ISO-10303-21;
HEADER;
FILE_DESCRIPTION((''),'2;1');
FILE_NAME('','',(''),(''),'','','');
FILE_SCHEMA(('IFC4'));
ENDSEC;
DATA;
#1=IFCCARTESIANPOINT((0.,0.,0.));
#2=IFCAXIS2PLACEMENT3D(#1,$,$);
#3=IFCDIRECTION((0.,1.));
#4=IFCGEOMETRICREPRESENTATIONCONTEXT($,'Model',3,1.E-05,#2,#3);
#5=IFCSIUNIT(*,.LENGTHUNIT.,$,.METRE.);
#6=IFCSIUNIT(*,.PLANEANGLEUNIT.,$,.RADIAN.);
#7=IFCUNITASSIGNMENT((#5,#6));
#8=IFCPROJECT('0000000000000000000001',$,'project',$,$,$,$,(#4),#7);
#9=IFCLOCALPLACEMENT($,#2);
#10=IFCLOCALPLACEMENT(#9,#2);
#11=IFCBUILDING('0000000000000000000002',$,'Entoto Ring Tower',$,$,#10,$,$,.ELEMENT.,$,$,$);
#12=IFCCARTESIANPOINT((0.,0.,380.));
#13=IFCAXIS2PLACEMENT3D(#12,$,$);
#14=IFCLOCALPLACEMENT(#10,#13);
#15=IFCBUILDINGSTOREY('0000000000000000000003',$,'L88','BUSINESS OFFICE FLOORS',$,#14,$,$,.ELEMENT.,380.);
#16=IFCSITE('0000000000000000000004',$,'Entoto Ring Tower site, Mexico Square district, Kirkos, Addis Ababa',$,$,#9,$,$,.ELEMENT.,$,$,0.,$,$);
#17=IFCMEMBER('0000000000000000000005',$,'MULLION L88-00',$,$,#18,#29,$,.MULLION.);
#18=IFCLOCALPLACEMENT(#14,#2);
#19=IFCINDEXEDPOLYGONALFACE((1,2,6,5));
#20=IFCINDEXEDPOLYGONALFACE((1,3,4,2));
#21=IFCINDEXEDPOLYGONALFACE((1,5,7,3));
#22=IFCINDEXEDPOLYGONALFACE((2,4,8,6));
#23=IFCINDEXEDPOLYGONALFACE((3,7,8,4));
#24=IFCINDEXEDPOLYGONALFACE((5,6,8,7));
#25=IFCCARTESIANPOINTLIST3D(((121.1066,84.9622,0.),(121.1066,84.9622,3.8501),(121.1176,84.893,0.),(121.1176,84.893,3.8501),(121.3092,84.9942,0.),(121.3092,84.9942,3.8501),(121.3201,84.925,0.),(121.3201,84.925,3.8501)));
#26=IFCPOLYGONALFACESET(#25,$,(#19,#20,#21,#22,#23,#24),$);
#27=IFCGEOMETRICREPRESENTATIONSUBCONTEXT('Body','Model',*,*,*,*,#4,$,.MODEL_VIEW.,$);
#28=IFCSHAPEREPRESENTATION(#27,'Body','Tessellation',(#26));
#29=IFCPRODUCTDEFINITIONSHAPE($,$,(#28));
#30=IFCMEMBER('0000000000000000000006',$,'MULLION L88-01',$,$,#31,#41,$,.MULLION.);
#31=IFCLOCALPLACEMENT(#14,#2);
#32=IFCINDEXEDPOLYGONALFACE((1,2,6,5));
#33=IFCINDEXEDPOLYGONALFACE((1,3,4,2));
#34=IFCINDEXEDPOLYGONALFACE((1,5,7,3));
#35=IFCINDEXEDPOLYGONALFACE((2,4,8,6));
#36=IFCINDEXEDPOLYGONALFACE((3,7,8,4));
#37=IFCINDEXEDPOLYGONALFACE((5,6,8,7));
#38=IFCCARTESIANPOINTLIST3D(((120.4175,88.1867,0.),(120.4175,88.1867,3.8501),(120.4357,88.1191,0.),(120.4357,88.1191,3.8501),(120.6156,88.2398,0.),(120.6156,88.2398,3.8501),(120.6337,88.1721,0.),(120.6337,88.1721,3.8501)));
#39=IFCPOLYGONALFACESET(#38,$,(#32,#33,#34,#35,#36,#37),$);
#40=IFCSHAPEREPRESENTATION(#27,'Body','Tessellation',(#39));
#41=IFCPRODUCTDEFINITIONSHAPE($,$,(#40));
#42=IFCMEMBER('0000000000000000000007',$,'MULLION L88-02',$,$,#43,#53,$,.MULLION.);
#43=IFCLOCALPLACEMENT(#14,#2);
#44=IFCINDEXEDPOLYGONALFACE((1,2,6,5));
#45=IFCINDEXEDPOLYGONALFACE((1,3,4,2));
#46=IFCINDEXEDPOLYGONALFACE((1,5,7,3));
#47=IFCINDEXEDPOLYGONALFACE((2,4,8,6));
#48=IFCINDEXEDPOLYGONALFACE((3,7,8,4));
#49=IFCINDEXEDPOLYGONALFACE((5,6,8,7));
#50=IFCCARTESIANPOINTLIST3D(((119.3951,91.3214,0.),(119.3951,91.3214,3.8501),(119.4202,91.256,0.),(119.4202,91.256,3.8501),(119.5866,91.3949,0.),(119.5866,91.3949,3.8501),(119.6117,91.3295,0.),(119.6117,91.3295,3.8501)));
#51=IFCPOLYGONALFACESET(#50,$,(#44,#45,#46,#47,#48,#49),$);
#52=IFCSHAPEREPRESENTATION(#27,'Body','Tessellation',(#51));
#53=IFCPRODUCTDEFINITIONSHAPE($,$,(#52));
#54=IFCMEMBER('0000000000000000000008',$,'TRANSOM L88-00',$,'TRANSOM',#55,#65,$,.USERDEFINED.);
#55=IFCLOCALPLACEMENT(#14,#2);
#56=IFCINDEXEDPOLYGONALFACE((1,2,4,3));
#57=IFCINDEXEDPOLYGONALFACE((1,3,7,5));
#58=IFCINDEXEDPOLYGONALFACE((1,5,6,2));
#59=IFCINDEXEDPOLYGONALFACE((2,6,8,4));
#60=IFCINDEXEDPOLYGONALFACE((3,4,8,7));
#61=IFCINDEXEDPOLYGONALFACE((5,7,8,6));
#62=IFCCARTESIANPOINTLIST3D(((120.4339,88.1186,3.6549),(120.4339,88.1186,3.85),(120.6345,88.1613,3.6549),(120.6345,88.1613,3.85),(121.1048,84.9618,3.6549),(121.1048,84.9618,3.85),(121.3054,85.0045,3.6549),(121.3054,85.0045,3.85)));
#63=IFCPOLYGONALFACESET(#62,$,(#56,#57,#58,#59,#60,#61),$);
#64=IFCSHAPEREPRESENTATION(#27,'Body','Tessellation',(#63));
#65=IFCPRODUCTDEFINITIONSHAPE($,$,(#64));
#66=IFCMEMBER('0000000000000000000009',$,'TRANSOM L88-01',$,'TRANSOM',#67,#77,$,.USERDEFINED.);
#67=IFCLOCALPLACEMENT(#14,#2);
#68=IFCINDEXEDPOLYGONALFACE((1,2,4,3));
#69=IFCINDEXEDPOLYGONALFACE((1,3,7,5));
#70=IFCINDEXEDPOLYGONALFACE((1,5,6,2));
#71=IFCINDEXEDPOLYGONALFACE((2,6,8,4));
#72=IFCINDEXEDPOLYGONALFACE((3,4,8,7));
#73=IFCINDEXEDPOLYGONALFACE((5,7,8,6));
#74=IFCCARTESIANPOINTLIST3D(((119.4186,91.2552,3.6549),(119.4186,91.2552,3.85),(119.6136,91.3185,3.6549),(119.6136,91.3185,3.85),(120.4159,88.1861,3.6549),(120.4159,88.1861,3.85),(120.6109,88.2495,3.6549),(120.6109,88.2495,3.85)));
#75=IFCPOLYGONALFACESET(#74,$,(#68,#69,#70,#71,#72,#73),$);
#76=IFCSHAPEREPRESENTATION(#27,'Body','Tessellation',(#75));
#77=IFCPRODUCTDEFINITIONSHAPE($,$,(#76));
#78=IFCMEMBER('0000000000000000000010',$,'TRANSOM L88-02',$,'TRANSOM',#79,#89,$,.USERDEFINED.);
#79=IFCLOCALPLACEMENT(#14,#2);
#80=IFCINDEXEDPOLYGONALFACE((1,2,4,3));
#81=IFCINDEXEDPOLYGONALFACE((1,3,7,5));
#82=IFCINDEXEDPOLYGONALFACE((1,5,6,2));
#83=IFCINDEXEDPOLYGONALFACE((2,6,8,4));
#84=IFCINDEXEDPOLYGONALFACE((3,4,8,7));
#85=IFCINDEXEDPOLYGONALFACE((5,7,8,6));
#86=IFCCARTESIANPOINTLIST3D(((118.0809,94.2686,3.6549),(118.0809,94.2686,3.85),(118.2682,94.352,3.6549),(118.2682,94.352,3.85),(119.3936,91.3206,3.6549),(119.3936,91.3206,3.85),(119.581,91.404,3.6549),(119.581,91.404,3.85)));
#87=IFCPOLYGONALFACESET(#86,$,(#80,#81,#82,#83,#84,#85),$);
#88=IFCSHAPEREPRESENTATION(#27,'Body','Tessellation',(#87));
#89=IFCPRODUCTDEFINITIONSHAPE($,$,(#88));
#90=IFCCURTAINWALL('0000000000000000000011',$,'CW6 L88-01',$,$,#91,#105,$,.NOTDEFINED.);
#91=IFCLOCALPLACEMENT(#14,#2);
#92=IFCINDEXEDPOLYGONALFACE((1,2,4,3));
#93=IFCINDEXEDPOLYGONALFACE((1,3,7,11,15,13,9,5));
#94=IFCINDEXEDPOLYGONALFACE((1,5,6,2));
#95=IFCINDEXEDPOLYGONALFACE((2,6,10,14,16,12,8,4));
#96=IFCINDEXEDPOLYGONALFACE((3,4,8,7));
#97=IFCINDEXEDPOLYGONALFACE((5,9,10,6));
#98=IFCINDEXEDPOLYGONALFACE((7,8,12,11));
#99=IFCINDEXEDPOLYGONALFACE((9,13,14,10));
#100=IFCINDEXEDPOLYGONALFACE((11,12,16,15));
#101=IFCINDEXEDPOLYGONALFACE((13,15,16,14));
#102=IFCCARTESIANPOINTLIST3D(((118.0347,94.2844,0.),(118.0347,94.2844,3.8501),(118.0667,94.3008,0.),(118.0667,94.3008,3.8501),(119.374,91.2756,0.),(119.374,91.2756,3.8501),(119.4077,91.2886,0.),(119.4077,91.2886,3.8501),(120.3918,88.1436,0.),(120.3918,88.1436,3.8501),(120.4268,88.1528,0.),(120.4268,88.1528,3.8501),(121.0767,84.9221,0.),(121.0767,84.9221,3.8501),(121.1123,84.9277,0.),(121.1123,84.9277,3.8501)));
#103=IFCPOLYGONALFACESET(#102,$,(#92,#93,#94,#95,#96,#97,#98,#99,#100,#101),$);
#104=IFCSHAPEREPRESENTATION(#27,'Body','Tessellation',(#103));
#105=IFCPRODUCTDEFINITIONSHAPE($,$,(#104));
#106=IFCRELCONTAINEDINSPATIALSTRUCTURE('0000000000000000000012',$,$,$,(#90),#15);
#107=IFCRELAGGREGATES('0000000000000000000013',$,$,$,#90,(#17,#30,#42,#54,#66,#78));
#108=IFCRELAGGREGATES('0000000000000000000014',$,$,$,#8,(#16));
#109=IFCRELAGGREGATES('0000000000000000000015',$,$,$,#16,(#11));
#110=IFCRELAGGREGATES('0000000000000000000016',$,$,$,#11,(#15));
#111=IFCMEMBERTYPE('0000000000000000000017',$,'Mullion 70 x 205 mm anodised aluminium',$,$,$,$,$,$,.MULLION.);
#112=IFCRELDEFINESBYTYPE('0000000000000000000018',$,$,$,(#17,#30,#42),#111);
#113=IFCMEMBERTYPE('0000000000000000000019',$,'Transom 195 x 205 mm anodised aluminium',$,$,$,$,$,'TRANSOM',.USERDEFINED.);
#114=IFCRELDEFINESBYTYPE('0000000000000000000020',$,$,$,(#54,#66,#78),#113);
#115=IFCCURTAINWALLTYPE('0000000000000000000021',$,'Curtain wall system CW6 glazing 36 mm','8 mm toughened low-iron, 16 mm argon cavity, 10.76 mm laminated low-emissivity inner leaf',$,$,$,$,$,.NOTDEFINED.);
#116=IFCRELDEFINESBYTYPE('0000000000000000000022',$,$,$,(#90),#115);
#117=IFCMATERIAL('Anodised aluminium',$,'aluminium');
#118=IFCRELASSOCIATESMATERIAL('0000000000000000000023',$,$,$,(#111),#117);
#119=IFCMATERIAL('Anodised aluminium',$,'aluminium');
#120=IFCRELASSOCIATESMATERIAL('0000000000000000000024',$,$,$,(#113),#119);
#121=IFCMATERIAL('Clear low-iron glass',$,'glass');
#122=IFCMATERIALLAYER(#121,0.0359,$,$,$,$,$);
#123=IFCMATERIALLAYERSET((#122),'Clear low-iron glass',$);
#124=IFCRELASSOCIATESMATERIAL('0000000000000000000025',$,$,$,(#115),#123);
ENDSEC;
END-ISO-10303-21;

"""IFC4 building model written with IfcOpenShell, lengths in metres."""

from ifc_helpers import new_model, si_unit, direction, frame, origin, origin_2d, place, context, subcontext, project, spatial, polyline, rectangle, outline, extrude, material, layer, layer_set, material_profile, profile_set, type_object, element, aggregate, save


model = new_model("IFC4")

# Units and contexts
model_context = context("Model", 3, precision=1e-05, world=origin(), true_north=direction((0.0, 1.0)))
body_context = subcontext(model_context, "Body", "Model", "MODEL_VIEW")
ifc_project = project(units=[si_unit("LENGTHUNIT", "METRE"), si_unit("PLANEANGLEUNIT", "RADIAN")], contexts=[model_context])

# Members
ifc_material_1 = material(Name="Anodised aluminium", Category="aluminium")
ifc_material_profile_1 = material_profile(ifc_material_1, rectangle(XDim=0.0701, YDim=0.2051, at=origin_2d()), Name="Mullion 70 x 205 mm anodised aluminium")
ifc_profile_set_1 = profile_set([ifc_material_profile_1], Name="Anodised aluminium")
member_type_1 = type_object("IfcMemberType", Name="Mullion 70 x 205 mm anodised aluminium", PredefinedType="MULLION", material=ifc_profile_set_1)
site_placement = place(None, origin())
building_placement = place(site_placement, origin())
storey_placement = place(building_placement, frame((0.0, 0.0, 380.0)))
member_1_placement = place(storey_placement, frame((121.2134, 84.9436, 0.0), z_axis=(0.0, 0.0, 1.0), x_axis=(-0.156434, 0.987688, 0.0)))
member_1 = element("IfcMember", 1, at=member_1_placement, type_object=member_type_1, Name="MULLION L88-00", PredefinedType="MULLION", context=body_context, shape_type="SweptSolid", body=[
    extrude(rectangle(XDim=0.0701, YDim=0.2051, at=origin_2d()), origin(), (0.0, 0.0, 1.0), 3.8501),
])
member_2_placement = place(storey_placement, frame((120.5256, 88.1794, 0.0), z_axis=(0.0, 0.0, 1.0), x_axis=(-0.258819, 0.965926, 0.0)))
member_2 = element("IfcMember", 2, at=member_2_placement, type_object=member_type_1, Name="MULLION L88-01", PredefinedType="MULLION", context=body_context, shape_type="SweptSolid", body=[
    extrude(rectangle(XDim=0.0701, YDim=0.2051, at=origin_2d()), origin(), (0.0, 0.0, 1.0), 3.8501),
])
member_3_placement = place(storey_placement, frame((119.5034, 91.3254, 0.0), z_axis=(0.0, 0.0, 1.0), x_axis=(-0.358368, 0.93358, 0.0)))
member_3 = element("IfcMember", 3, at=member_3_placement, type_object=member_type_1, Name="MULLION L88-02", PredefinedType="MULLION", context=body_context, shape_type="SweptSolid", body=[
    extrude(rectangle(XDim=0.0701, YDim=0.2051, at=origin_2d()), origin(), (0.0, 0.0, 1.0), 3.8501),
])
ifc_material_2 = material(Name="Anodised aluminium", Category="aluminium")
ifc_material_profile_2 = material_profile(ifc_material_2, rectangle(XDim=0.2051, YDim=0.1951, at=origin_2d()), Name="Transom 195 x 205 mm anodised aluminium")
ifc_profile_set_2 = profile_set([ifc_material_profile_2], Name="Anodised aluminium")
member_type_2 = type_object("IfcMemberType", Name="Transom 195 x 205 mm anodised aluminium", ElementType="TRANSOM", PredefinedType="USERDEFINED", material=ifc_profile_set_2)
member_4_placement = place(storey_placement, frame((121.2051, 84.9832, 3.7524), z_axis=(-0.207886, 0.978153, 0.0), x_axis=(-0.978153, -0.207886, 0.0)))
member_4 = element("IfcMember", 4, at=member_4_placement, type_object=member_type_2, Name="TRANSOM L88-00", ObjectType="TRANSOM", PredefinedType="USERDEFINED", context=body_context, shape_type="SweptSolid", body=[
    extrude(rectangle(XDim=0.2051, YDim=0.1951, at=origin_2d()), origin(), (0.0, 0.0, 1.0), 3.2273),
])
member_5_placement = place(storey_placement, frame((120.5134, 88.2178, 3.7524), z_axis=(-0.309047, 0.951047, 0.0), x_axis=(-0.951047, -0.309047, 0.0)))
member_5 = element("IfcMember", 5, at=member_5_placement, type_object=member_type_2, Name="TRANSOM L88-01", ObjectType="TRANSOM", PredefinedType="USERDEFINED", context=body_context, shape_type="SweptSolid", body=[
    extrude(rectangle(XDim=0.2051, YDim=0.1951, at=origin_2d()), origin(), (0.0, 0.0, 1.0), 3.2271),
])
member_6_placement = place(storey_placement, frame((119.4873, 91.3623, 3.7524), z_axis=(-0.406791, 0.913521, 0.0), x_axis=(-0.913521, -0.406791, 0.0)))
member_6 = element("IfcMember", 6, at=member_6_placement, type_object=member_type_2, Name="TRANSOM L88-02", ObjectType="TRANSOM", PredefinedType="USERDEFINED", context=body_context, shape_type="SweptSolid", body=[
    extrude(rectangle(XDim=0.2051, YDim=0.1951, at=origin_2d()), origin(), (0.0, 0.0, 1.0), 3.2271),
])

# Site, building, storey
site = spatial("IfcSite", under=ifc_project, at=site_placement, Name="Entoto Ring Tower site, Mexico Square district, Kirkos, Addis Ababa", CompositionType="ELEMENT", RefElevation=0.0)
building = spatial("IfcBuilding", under=site, at=building_placement, Name="Entoto Ring Tower", CompositionType="ELEMENT")
storey = spatial("IfcBuildingStorey", under=building, at=storey_placement, Name="L88", Description="BUSINESS OFFICE FLOORS", CompositionType="ELEMENT", Elevation=380.0)

# Curtain wall
ifc_material_3 = material(Name="Clear low-iron glass", Category="glass")
ifc_layer_1 = layer(ifc_material_3, 0.0359)
ifc_layer_set_1 = layer_set([ifc_layer_1], Name="Clear low-iron glass")
curtain_wall_type = type_object("IfcCurtainWallType", Name="Curtain wall system CW6 glazing 36 mm", Description="8 mm toughened low-iron, 16 mm argon cavity, 10.76 mm laminated low-emissivity inner leaf", PredefinedType="NOTDEFINED", material=ifc_layer_set_1)
curtain_wall_1_placement = place(storey_placement, origin())
curtain_wall_1 = element("IfcCurtainWall", 7, at=curtain_wall_1_placement, inside=storey, type_object=curtain_wall_type, Name="CW6 L88-01", PredefinedType="NOTDEFINED", context=body_context, shape_type="SweptSolid", body=[
    extrude(outline(polyline([(121.1123, 84.9277), (120.4268, 88.1528), (119.4077, 91.2886), (118.0667, 94.3008), (118.0347, 94.2844), (119.374, 91.2756), (120.3918, 88.1436), (121.0767, 84.9221), (121.1123, 84.9277)])), origin(), (0.0, 0.0, 1.0), 3.8501),
])
aggregate(curtain_wall_1, [member_1, member_2, member_3, member_4, member_5, member_6])

save(model, "model.ifc")
